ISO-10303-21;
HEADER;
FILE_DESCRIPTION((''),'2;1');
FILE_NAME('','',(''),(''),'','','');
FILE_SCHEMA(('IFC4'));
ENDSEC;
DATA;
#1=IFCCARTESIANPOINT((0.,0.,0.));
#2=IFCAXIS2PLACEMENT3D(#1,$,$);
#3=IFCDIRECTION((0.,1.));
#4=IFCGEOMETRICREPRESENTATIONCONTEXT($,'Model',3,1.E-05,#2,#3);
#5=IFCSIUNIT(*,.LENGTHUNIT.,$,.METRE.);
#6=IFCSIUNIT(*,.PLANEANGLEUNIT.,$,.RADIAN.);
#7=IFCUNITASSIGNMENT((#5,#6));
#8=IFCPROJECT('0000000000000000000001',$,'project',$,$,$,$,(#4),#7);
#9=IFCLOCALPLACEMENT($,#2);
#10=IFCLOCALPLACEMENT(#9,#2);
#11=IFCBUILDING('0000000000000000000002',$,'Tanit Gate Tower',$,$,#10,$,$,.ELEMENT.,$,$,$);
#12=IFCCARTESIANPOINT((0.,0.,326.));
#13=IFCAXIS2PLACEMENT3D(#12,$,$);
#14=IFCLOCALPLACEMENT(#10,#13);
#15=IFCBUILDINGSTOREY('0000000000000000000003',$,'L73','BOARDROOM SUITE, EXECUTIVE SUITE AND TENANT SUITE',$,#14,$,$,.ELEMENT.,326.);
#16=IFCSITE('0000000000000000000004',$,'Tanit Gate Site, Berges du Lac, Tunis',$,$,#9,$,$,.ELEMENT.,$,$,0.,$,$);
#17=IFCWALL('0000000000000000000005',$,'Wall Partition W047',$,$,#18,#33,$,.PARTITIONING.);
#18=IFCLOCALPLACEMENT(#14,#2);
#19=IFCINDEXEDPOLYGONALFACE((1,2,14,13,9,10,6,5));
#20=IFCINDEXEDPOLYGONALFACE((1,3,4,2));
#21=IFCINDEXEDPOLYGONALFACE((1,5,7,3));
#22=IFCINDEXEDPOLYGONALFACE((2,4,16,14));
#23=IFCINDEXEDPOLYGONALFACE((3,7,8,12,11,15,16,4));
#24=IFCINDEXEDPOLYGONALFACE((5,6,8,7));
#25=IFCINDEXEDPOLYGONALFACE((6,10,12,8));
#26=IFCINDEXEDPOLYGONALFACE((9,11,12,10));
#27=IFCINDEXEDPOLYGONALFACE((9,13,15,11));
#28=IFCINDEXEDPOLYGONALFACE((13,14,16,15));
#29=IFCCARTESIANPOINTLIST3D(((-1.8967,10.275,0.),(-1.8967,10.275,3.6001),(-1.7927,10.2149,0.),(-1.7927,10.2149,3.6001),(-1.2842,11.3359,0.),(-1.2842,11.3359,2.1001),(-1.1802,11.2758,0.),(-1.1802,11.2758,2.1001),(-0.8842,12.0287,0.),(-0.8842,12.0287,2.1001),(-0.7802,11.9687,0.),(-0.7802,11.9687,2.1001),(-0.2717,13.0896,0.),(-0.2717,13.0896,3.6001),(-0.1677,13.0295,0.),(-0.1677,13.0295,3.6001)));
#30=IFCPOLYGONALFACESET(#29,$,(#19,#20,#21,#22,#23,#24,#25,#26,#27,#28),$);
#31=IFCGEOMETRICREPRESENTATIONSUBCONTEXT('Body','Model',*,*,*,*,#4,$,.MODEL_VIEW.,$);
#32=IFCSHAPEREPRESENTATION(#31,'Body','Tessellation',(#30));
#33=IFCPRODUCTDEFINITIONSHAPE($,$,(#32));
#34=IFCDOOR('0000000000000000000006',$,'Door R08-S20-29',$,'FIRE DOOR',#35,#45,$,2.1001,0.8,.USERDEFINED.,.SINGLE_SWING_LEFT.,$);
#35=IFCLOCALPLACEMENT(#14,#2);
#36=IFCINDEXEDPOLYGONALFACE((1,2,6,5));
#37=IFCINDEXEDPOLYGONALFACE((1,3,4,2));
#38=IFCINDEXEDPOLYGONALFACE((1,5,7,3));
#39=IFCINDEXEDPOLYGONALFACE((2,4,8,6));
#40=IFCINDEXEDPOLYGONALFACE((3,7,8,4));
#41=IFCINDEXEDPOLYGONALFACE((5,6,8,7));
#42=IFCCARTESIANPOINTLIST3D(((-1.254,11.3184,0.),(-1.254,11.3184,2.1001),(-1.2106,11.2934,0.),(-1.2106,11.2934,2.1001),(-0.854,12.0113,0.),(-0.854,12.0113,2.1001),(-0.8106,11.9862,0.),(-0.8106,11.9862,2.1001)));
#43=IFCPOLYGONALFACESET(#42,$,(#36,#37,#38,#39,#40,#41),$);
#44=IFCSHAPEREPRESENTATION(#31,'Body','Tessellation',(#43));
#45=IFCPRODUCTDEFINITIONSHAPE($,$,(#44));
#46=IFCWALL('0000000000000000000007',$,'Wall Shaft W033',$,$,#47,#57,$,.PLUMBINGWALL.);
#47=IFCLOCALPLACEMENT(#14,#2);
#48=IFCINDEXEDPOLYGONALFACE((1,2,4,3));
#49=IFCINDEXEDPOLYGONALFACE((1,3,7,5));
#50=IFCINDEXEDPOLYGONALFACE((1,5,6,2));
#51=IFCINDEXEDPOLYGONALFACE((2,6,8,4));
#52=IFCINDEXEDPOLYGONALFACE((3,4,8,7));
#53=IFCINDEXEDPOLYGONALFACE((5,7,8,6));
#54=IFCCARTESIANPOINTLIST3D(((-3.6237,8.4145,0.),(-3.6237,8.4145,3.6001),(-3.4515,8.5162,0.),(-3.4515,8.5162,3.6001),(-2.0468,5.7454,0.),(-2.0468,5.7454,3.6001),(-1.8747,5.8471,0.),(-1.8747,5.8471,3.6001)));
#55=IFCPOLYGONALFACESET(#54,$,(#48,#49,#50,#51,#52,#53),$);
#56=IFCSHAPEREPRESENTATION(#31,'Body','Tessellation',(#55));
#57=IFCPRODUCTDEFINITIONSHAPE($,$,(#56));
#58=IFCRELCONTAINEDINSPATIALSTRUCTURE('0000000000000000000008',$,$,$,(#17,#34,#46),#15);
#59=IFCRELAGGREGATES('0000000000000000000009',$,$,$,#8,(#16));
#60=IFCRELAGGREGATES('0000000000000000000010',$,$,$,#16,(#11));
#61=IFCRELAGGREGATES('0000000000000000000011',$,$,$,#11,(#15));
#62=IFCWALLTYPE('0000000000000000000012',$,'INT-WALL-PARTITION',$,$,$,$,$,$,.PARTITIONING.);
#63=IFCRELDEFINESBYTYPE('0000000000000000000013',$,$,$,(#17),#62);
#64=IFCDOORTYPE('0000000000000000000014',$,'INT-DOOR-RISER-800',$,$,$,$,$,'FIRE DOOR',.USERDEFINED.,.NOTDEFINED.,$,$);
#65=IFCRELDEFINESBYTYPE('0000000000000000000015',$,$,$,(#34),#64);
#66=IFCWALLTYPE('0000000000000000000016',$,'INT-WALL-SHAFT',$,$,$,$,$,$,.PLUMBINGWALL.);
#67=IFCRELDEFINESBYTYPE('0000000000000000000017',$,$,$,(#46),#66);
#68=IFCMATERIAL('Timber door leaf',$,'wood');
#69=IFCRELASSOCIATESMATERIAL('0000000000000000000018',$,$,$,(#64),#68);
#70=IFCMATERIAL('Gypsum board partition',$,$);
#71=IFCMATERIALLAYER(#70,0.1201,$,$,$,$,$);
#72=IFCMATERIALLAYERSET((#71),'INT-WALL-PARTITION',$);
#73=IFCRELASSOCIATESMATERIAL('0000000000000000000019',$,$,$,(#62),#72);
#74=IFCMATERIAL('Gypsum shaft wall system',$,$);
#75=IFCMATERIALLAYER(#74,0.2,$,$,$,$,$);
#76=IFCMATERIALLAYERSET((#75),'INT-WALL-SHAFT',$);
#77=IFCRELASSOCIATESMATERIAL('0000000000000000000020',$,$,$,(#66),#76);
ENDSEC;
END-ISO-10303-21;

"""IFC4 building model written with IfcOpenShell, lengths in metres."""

from ifc_helpers import new_model, si_unit, direction, frame, frame_2d, origin, place, context, subcontext, project, spatial, rectangle, extrude, material, layer, layer_set, type_object, element, fill, save


model = new_model("IFC4")

# Units and contexts
model_context = context("Model", 3, precision=1e-05, world=origin(), true_north=direction((0.0, 1.0)))
body_context = subcontext(model_context, "Body", "Model", "MODEL_VIEW")
ifc_project = project(units=[si_unit("LENGTHUNIT", "METRE"), si_unit("PLANEANGLEUNIT", "RADIAN")], contexts=[model_context])

# Site, building, storey
site_placement = place(None, origin())
site = spatial("IfcSite", under=ifc_project, at=site_placement, Name="Tanit Gate Site, Berges du Lac, Tunis", CompositionType="ELEMENT", RefElevation=0.0)
building_placement = place(site_placement, origin())
building = spatial("IfcBuilding", under=site, at=building_placement, Name="Tanit Gate Tower", CompositionType="ELEMENT")
storey_placement = place(building_placement, frame((0.0, 0.0, 326.0)))
storey = spatial("IfcBuildingStorey", under=building, at=storey_placement, Name="L73", Description="BOARDROOM SUITE, EXECUTIVE SUITE AND TENANT SUITE", CompositionType="ELEMENT", Elevation=326.0)

# Shared definitions
ifc_material_1 = material(Name="Timber door leaf", Category="wood")
door_type = type_object("IfcDoorType", Name="INT-DOOR-RISER-800", ElementType="FIRE DOOR", OperationType="NOTDEFINED", PredefinedType="USERDEFINED", material=ifc_material_1)

# Wall, opening, door
ifc_material_2 = material(Name="Gypsum board partition")
ifc_layer_1 = layer(ifc_material_2, 0.1201)
ifc_layer_set_1 = layer_set([ifc_layer_1], Name="INT-WALL-PARTITION")
wall_type_1 = type_object("IfcWallType", Name="INT-WALL-PARTITION", PredefinedType="PARTITIONING", material=ifc_layer_set_1)
wall_1_placement = place(storey_placement, frame((-0.2197, 13.0596, 0.0), z_axis=(0.0, 0.0, 1.0), x_axis=(-0.499985, -0.866034, 0.0)))
wall_1 = element("IfcWall", 1, at=wall_1_placement, inside=storey, type_object=wall_type_1, Name="Wall Partition W047", PredefinedType="PARTITIONING", context=body_context, shape_type="SweptSolid", body=[
    extrude(rectangle(XDim=3.25, YDim=0.1201, at=frame_2d((1.625, 0.0))), origin(), (0.0, 0.0, 1.0), 3.6001),
])
opening_1_placement = place(wall_1_placement, frame((1.2251, 0.0, 0.0)))
opening_1 = element("IfcOpeningElement", 2, at=opening_1_placement, cuts=wall_1, PredefinedType="OPENING", context=body_context, shape_type="SweptSolid", body=[
    extrude(rectangle(XDim=0.8, YDim=2.1001, at=frame_2d((0.3999, 1.05))), frame((0.0, 0.0701, 0.0), z_axis=(0.0, -1.0, 0.0), x_axis=(1.0, 0.0, 0.0)), (0.0, 0.0, 1.0), 0.1401),
])
door_1_placement = place(opening_1_placement, origin())
door_1 = element("IfcDoor", 3, at=door_1_placement, inside=storey, type_object=door_type, Name="Door R08-S20-29", ObjectType="FIRE DOOR", OperationType="SINGLE_SWING_LEFT", OverallHeight=2.1001, OverallWidth=0.8, PredefinedType="USERDEFINED", context=body_context, shape_type="SweptSolid", body=[
    extrude(rectangle(XDim=0.8, YDim=2.1001, at=frame_2d((0.3999, 1.05))), frame((0.0, 0.0249, 0.0), z_axis=(0.0, -1.0, 0.0), x_axis=(1.0, 0.0, 0.0)), (0.0, 0.0, 1.0), 0.05),
])
fill(opening_1, door_1)

# Wall
ifc_material_3 = material(Name="Gypsum shaft wall system")
ifc_layer_2 = layer(ifc_material_3, 0.2)
ifc_layer_set_2 = layer_set([ifc_layer_2], Name="INT-WALL-SHAFT")
wall_type_2 = type_object("IfcWallType", Name="INT-WALL-SHAFT", PredefinedType="PLUMBINGWALL", material=ifc_layer_set_2)
wall_2_placement = place(storey_placement, frame((-3.5376, 8.4653, 0.0), z_axis=(0.0, 0.0, 1.0), x_axis=(0.508647, -0.860975, 0.0)))
element("IfcWall", 4, at=wall_2_placement, inside=storey, type_object=wall_type_2, Name="Wall Shaft W033", PredefinedType="PLUMBINGWALL", context=body_context, shape_type="SweptSolid", body=[
    extrude(rectangle(XDim=3.1001, YDim=0.2, at=frame_2d((1.55, 0.0))), origin(), (0.0, 0.0, 1.0), 3.6001),
])

save(model, "model.ifc")
